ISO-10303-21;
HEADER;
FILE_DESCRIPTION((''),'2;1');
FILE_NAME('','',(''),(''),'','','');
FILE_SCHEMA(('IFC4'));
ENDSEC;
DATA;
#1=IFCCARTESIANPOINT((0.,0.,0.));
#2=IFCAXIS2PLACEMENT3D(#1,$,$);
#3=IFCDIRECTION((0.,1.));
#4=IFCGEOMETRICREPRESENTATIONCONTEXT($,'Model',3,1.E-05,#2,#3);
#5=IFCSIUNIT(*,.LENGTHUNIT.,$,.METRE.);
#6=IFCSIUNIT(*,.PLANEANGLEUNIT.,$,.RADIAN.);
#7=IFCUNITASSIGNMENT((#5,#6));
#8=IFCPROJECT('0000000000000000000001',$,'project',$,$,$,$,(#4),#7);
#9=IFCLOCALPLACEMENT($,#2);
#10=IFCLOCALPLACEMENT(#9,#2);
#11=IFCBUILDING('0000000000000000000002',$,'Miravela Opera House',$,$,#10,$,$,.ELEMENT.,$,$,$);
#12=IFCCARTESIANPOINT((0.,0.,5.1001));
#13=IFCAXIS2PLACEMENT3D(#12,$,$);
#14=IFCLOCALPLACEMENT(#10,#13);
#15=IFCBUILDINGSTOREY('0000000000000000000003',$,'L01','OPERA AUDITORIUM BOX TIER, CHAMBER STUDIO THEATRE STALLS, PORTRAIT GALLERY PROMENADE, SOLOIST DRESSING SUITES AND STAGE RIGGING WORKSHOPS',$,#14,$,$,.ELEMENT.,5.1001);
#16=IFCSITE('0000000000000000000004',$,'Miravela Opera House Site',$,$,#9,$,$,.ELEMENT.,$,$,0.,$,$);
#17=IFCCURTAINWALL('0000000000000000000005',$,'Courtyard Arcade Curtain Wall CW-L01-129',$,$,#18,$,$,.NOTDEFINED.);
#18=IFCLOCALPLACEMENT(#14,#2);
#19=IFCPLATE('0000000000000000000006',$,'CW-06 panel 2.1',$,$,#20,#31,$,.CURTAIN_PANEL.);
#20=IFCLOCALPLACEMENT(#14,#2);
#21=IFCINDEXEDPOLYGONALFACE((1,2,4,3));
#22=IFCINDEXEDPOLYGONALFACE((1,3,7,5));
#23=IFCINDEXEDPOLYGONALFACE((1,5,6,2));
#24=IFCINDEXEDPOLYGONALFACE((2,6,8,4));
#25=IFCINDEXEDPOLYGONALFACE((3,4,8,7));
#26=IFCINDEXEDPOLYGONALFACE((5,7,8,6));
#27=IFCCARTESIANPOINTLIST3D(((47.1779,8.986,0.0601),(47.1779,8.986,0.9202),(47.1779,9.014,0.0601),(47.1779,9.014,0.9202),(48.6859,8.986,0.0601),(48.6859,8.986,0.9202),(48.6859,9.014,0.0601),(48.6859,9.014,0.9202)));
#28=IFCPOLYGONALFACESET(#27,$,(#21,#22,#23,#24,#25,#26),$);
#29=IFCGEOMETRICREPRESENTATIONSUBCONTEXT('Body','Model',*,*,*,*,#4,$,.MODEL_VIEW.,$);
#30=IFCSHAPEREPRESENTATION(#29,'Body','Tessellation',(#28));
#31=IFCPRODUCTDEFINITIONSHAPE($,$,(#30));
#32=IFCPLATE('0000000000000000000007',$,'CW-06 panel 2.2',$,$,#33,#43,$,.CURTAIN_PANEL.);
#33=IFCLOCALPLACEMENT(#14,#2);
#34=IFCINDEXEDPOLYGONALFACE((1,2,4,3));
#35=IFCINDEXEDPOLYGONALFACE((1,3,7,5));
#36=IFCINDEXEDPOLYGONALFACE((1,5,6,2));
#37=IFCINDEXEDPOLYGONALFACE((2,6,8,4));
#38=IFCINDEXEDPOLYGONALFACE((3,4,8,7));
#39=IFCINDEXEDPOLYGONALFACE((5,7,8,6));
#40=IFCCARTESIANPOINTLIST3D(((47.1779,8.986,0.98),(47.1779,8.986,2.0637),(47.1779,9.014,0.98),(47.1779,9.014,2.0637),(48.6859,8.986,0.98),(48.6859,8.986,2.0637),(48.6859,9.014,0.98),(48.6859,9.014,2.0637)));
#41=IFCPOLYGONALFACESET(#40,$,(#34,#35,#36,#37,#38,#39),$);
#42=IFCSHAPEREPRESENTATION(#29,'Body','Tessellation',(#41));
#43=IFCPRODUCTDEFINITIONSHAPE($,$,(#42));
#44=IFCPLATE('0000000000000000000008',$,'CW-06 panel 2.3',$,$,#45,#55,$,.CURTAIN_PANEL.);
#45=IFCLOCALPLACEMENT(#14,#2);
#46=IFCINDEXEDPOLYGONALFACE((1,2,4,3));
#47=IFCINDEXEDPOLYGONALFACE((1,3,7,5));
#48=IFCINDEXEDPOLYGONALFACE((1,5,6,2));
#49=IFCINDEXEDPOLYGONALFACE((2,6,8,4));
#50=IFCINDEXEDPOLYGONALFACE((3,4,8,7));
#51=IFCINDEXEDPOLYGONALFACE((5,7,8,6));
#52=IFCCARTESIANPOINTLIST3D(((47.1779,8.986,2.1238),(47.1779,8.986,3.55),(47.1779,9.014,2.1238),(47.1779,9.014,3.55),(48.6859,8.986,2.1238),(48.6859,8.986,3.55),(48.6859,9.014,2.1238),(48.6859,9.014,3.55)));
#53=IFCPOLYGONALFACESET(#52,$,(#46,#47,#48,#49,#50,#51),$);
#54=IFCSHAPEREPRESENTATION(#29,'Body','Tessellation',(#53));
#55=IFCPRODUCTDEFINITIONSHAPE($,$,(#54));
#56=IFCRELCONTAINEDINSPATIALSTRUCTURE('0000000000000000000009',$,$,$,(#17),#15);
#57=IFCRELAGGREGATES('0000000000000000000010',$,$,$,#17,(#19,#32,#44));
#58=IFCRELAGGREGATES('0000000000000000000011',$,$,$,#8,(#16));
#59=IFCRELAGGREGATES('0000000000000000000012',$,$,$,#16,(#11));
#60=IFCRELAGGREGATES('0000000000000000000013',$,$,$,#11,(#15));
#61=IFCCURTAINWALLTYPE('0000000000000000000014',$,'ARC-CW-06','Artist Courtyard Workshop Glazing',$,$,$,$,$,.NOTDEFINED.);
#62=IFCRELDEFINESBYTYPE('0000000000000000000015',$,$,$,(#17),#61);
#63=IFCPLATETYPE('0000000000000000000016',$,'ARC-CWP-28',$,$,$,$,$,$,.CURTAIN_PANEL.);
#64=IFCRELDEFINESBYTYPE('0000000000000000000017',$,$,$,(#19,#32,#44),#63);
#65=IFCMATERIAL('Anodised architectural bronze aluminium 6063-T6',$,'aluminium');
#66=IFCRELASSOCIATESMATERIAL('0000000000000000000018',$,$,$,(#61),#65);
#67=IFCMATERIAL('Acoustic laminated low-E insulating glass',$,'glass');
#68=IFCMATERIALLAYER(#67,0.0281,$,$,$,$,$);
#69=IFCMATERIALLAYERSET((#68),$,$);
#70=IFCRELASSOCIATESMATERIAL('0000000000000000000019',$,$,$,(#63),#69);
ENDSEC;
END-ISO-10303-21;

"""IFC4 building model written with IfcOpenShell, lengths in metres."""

from ifc_helpers import new_model, si_unit, direction, frame, origin, origin_2d, place, context, subcontext, project, spatial, rectangle, extrude, material, layer, layer_set, type_object, element, aggregate, save


model = new_model("IFC4")

# Units and contexts
model_context = context("Model", 3, precision=1e-05, world=origin(), true_north=direction((0.0, 1.0)))
body_context = subcontext(model_context, "Body", "Model", "MODEL_VIEW")
ifc_project = project(units=[si_unit("LENGTHUNIT", "METRE"), si_unit("PLANEANGLEUNIT", "RADIAN")], contexts=[model_context])

# Site, building, storey
site_placement = place(None, origin())
site = spatial("IfcSite", under=ifc_project, at=site_placement, Name="Miravela Opera House Site", CompositionType="ELEMENT", RefElevation=0.0)
building_placement = place(site_placement, origin())
building = spatial("IfcBuilding", under=site, at=building_placement, Name="Miravela Opera House", CompositionType="ELEMENT")
storey_placement = place(building_placement, frame((0.0, 0.0, 5.1001)))
storey = spatial("IfcBuildingStorey", under=building, at=storey_placement, Name="L01", Description="OPERA AUDITORIUM BOX TIER, CHAMBER STUDIO THEATRE STALLS, PORTRAIT GALLERY PROMENADE, SOLOIST DRESSING SUITES AND STAGE RIGGING WORKSHOPS", CompositionType="ELEMENT", Elevation=5.1001)

# Curtain wall
ifc_material_1 = material(Name="Anodised architectural bronze aluminium 6063-T6", Category="aluminium")
curtain_wall_type = type_object("IfcCurtainWallType", Name="ARC-CW-06", Description="Artist Courtyard Workshop Glazing", PredefinedType="NOTDEFINED", material=ifc_material_1)
curtain_wall_placement = place(storey_placement, origin())
curtain_wall = element("IfcCurtainWall", 1, at=curtain_wall_placement, inside=storey, type_object=curtain_wall_type, Name="Courtyard Arcade Curtain Wall CW-L01-129", PredefinedType="NOTDEFINED")

# Plates
ifc_material_2 = material(Name="Acoustic laminated low-E insulating glass", Category="glass")
ifc_layer = layer(ifc_material_2, 0.0281)
ifc_layer_set = layer_set([ifc_layer])
plate_type = type_object("IfcPlateType", Name="ARC-CWP-28", PredefinedType="CURTAIN_PANEL", material=ifc_layer_set)
plate_1_placement = place(storey_placement, frame((47.9319, 9.0, 0.0601), z_axis=(0.0, 0.0, 1.0), x_axis=(1.0, 0.0, 0.0)))
plate_1 = element("IfcPlate", 2, at=plate_1_placement, type_object=plate_type, Name="CW-06 panel 2.1", PredefinedType="CURTAIN_PANEL", context=body_context, shape_type="SweptSolid", body=[
    extrude(rectangle(XDim=1.5081, YDim=0.0281, at=origin_2d()), origin(), (0.0, 0.0, 1.0), 0.8601),
])
plate_2_placement = place(storey_placement, frame((47.9319, 9.0, 0.98), z_axis=(0.0, 0.0, 1.0), x_axis=(1.0, 0.0, 0.0)))
plate_2 = element("IfcPlate", 3, at=plate_2_placement, type_object=plate_type, Name="CW-06 panel 2.2", PredefinedType="CURTAIN_PANEL", context=body_context, shape_type="SweptSolid", body=[
    extrude(rectangle(XDim=1.5081, YDim=0.0281, at=origin_2d()), origin(), (0.0, 0.0, 1.0), 1.0837),
])
plate_3_placement = place(storey_placement, frame((47.9319, 9.0, 2.1238), z_axis=(0.0, 0.0, 1.0), x_axis=(1.0, 0.0, 0.0)))
plate_3 = element("IfcPlate", 4, at=plate_3_placement, type_object=plate_type, Name="CW-06 panel 2.3", PredefinedType="CURTAIN_PANEL", context=body_context, shape_type="SweptSolid", body=[
    extrude(rectangle(XDim=1.5081, YDim=0.0281, at=origin_2d()), origin(), (0.0, 0.0, 1.0), 1.4263),
])
aggregate(curtain_wall, [plate_1, plate_2, plate_3])

save(model, "model.ifc")
